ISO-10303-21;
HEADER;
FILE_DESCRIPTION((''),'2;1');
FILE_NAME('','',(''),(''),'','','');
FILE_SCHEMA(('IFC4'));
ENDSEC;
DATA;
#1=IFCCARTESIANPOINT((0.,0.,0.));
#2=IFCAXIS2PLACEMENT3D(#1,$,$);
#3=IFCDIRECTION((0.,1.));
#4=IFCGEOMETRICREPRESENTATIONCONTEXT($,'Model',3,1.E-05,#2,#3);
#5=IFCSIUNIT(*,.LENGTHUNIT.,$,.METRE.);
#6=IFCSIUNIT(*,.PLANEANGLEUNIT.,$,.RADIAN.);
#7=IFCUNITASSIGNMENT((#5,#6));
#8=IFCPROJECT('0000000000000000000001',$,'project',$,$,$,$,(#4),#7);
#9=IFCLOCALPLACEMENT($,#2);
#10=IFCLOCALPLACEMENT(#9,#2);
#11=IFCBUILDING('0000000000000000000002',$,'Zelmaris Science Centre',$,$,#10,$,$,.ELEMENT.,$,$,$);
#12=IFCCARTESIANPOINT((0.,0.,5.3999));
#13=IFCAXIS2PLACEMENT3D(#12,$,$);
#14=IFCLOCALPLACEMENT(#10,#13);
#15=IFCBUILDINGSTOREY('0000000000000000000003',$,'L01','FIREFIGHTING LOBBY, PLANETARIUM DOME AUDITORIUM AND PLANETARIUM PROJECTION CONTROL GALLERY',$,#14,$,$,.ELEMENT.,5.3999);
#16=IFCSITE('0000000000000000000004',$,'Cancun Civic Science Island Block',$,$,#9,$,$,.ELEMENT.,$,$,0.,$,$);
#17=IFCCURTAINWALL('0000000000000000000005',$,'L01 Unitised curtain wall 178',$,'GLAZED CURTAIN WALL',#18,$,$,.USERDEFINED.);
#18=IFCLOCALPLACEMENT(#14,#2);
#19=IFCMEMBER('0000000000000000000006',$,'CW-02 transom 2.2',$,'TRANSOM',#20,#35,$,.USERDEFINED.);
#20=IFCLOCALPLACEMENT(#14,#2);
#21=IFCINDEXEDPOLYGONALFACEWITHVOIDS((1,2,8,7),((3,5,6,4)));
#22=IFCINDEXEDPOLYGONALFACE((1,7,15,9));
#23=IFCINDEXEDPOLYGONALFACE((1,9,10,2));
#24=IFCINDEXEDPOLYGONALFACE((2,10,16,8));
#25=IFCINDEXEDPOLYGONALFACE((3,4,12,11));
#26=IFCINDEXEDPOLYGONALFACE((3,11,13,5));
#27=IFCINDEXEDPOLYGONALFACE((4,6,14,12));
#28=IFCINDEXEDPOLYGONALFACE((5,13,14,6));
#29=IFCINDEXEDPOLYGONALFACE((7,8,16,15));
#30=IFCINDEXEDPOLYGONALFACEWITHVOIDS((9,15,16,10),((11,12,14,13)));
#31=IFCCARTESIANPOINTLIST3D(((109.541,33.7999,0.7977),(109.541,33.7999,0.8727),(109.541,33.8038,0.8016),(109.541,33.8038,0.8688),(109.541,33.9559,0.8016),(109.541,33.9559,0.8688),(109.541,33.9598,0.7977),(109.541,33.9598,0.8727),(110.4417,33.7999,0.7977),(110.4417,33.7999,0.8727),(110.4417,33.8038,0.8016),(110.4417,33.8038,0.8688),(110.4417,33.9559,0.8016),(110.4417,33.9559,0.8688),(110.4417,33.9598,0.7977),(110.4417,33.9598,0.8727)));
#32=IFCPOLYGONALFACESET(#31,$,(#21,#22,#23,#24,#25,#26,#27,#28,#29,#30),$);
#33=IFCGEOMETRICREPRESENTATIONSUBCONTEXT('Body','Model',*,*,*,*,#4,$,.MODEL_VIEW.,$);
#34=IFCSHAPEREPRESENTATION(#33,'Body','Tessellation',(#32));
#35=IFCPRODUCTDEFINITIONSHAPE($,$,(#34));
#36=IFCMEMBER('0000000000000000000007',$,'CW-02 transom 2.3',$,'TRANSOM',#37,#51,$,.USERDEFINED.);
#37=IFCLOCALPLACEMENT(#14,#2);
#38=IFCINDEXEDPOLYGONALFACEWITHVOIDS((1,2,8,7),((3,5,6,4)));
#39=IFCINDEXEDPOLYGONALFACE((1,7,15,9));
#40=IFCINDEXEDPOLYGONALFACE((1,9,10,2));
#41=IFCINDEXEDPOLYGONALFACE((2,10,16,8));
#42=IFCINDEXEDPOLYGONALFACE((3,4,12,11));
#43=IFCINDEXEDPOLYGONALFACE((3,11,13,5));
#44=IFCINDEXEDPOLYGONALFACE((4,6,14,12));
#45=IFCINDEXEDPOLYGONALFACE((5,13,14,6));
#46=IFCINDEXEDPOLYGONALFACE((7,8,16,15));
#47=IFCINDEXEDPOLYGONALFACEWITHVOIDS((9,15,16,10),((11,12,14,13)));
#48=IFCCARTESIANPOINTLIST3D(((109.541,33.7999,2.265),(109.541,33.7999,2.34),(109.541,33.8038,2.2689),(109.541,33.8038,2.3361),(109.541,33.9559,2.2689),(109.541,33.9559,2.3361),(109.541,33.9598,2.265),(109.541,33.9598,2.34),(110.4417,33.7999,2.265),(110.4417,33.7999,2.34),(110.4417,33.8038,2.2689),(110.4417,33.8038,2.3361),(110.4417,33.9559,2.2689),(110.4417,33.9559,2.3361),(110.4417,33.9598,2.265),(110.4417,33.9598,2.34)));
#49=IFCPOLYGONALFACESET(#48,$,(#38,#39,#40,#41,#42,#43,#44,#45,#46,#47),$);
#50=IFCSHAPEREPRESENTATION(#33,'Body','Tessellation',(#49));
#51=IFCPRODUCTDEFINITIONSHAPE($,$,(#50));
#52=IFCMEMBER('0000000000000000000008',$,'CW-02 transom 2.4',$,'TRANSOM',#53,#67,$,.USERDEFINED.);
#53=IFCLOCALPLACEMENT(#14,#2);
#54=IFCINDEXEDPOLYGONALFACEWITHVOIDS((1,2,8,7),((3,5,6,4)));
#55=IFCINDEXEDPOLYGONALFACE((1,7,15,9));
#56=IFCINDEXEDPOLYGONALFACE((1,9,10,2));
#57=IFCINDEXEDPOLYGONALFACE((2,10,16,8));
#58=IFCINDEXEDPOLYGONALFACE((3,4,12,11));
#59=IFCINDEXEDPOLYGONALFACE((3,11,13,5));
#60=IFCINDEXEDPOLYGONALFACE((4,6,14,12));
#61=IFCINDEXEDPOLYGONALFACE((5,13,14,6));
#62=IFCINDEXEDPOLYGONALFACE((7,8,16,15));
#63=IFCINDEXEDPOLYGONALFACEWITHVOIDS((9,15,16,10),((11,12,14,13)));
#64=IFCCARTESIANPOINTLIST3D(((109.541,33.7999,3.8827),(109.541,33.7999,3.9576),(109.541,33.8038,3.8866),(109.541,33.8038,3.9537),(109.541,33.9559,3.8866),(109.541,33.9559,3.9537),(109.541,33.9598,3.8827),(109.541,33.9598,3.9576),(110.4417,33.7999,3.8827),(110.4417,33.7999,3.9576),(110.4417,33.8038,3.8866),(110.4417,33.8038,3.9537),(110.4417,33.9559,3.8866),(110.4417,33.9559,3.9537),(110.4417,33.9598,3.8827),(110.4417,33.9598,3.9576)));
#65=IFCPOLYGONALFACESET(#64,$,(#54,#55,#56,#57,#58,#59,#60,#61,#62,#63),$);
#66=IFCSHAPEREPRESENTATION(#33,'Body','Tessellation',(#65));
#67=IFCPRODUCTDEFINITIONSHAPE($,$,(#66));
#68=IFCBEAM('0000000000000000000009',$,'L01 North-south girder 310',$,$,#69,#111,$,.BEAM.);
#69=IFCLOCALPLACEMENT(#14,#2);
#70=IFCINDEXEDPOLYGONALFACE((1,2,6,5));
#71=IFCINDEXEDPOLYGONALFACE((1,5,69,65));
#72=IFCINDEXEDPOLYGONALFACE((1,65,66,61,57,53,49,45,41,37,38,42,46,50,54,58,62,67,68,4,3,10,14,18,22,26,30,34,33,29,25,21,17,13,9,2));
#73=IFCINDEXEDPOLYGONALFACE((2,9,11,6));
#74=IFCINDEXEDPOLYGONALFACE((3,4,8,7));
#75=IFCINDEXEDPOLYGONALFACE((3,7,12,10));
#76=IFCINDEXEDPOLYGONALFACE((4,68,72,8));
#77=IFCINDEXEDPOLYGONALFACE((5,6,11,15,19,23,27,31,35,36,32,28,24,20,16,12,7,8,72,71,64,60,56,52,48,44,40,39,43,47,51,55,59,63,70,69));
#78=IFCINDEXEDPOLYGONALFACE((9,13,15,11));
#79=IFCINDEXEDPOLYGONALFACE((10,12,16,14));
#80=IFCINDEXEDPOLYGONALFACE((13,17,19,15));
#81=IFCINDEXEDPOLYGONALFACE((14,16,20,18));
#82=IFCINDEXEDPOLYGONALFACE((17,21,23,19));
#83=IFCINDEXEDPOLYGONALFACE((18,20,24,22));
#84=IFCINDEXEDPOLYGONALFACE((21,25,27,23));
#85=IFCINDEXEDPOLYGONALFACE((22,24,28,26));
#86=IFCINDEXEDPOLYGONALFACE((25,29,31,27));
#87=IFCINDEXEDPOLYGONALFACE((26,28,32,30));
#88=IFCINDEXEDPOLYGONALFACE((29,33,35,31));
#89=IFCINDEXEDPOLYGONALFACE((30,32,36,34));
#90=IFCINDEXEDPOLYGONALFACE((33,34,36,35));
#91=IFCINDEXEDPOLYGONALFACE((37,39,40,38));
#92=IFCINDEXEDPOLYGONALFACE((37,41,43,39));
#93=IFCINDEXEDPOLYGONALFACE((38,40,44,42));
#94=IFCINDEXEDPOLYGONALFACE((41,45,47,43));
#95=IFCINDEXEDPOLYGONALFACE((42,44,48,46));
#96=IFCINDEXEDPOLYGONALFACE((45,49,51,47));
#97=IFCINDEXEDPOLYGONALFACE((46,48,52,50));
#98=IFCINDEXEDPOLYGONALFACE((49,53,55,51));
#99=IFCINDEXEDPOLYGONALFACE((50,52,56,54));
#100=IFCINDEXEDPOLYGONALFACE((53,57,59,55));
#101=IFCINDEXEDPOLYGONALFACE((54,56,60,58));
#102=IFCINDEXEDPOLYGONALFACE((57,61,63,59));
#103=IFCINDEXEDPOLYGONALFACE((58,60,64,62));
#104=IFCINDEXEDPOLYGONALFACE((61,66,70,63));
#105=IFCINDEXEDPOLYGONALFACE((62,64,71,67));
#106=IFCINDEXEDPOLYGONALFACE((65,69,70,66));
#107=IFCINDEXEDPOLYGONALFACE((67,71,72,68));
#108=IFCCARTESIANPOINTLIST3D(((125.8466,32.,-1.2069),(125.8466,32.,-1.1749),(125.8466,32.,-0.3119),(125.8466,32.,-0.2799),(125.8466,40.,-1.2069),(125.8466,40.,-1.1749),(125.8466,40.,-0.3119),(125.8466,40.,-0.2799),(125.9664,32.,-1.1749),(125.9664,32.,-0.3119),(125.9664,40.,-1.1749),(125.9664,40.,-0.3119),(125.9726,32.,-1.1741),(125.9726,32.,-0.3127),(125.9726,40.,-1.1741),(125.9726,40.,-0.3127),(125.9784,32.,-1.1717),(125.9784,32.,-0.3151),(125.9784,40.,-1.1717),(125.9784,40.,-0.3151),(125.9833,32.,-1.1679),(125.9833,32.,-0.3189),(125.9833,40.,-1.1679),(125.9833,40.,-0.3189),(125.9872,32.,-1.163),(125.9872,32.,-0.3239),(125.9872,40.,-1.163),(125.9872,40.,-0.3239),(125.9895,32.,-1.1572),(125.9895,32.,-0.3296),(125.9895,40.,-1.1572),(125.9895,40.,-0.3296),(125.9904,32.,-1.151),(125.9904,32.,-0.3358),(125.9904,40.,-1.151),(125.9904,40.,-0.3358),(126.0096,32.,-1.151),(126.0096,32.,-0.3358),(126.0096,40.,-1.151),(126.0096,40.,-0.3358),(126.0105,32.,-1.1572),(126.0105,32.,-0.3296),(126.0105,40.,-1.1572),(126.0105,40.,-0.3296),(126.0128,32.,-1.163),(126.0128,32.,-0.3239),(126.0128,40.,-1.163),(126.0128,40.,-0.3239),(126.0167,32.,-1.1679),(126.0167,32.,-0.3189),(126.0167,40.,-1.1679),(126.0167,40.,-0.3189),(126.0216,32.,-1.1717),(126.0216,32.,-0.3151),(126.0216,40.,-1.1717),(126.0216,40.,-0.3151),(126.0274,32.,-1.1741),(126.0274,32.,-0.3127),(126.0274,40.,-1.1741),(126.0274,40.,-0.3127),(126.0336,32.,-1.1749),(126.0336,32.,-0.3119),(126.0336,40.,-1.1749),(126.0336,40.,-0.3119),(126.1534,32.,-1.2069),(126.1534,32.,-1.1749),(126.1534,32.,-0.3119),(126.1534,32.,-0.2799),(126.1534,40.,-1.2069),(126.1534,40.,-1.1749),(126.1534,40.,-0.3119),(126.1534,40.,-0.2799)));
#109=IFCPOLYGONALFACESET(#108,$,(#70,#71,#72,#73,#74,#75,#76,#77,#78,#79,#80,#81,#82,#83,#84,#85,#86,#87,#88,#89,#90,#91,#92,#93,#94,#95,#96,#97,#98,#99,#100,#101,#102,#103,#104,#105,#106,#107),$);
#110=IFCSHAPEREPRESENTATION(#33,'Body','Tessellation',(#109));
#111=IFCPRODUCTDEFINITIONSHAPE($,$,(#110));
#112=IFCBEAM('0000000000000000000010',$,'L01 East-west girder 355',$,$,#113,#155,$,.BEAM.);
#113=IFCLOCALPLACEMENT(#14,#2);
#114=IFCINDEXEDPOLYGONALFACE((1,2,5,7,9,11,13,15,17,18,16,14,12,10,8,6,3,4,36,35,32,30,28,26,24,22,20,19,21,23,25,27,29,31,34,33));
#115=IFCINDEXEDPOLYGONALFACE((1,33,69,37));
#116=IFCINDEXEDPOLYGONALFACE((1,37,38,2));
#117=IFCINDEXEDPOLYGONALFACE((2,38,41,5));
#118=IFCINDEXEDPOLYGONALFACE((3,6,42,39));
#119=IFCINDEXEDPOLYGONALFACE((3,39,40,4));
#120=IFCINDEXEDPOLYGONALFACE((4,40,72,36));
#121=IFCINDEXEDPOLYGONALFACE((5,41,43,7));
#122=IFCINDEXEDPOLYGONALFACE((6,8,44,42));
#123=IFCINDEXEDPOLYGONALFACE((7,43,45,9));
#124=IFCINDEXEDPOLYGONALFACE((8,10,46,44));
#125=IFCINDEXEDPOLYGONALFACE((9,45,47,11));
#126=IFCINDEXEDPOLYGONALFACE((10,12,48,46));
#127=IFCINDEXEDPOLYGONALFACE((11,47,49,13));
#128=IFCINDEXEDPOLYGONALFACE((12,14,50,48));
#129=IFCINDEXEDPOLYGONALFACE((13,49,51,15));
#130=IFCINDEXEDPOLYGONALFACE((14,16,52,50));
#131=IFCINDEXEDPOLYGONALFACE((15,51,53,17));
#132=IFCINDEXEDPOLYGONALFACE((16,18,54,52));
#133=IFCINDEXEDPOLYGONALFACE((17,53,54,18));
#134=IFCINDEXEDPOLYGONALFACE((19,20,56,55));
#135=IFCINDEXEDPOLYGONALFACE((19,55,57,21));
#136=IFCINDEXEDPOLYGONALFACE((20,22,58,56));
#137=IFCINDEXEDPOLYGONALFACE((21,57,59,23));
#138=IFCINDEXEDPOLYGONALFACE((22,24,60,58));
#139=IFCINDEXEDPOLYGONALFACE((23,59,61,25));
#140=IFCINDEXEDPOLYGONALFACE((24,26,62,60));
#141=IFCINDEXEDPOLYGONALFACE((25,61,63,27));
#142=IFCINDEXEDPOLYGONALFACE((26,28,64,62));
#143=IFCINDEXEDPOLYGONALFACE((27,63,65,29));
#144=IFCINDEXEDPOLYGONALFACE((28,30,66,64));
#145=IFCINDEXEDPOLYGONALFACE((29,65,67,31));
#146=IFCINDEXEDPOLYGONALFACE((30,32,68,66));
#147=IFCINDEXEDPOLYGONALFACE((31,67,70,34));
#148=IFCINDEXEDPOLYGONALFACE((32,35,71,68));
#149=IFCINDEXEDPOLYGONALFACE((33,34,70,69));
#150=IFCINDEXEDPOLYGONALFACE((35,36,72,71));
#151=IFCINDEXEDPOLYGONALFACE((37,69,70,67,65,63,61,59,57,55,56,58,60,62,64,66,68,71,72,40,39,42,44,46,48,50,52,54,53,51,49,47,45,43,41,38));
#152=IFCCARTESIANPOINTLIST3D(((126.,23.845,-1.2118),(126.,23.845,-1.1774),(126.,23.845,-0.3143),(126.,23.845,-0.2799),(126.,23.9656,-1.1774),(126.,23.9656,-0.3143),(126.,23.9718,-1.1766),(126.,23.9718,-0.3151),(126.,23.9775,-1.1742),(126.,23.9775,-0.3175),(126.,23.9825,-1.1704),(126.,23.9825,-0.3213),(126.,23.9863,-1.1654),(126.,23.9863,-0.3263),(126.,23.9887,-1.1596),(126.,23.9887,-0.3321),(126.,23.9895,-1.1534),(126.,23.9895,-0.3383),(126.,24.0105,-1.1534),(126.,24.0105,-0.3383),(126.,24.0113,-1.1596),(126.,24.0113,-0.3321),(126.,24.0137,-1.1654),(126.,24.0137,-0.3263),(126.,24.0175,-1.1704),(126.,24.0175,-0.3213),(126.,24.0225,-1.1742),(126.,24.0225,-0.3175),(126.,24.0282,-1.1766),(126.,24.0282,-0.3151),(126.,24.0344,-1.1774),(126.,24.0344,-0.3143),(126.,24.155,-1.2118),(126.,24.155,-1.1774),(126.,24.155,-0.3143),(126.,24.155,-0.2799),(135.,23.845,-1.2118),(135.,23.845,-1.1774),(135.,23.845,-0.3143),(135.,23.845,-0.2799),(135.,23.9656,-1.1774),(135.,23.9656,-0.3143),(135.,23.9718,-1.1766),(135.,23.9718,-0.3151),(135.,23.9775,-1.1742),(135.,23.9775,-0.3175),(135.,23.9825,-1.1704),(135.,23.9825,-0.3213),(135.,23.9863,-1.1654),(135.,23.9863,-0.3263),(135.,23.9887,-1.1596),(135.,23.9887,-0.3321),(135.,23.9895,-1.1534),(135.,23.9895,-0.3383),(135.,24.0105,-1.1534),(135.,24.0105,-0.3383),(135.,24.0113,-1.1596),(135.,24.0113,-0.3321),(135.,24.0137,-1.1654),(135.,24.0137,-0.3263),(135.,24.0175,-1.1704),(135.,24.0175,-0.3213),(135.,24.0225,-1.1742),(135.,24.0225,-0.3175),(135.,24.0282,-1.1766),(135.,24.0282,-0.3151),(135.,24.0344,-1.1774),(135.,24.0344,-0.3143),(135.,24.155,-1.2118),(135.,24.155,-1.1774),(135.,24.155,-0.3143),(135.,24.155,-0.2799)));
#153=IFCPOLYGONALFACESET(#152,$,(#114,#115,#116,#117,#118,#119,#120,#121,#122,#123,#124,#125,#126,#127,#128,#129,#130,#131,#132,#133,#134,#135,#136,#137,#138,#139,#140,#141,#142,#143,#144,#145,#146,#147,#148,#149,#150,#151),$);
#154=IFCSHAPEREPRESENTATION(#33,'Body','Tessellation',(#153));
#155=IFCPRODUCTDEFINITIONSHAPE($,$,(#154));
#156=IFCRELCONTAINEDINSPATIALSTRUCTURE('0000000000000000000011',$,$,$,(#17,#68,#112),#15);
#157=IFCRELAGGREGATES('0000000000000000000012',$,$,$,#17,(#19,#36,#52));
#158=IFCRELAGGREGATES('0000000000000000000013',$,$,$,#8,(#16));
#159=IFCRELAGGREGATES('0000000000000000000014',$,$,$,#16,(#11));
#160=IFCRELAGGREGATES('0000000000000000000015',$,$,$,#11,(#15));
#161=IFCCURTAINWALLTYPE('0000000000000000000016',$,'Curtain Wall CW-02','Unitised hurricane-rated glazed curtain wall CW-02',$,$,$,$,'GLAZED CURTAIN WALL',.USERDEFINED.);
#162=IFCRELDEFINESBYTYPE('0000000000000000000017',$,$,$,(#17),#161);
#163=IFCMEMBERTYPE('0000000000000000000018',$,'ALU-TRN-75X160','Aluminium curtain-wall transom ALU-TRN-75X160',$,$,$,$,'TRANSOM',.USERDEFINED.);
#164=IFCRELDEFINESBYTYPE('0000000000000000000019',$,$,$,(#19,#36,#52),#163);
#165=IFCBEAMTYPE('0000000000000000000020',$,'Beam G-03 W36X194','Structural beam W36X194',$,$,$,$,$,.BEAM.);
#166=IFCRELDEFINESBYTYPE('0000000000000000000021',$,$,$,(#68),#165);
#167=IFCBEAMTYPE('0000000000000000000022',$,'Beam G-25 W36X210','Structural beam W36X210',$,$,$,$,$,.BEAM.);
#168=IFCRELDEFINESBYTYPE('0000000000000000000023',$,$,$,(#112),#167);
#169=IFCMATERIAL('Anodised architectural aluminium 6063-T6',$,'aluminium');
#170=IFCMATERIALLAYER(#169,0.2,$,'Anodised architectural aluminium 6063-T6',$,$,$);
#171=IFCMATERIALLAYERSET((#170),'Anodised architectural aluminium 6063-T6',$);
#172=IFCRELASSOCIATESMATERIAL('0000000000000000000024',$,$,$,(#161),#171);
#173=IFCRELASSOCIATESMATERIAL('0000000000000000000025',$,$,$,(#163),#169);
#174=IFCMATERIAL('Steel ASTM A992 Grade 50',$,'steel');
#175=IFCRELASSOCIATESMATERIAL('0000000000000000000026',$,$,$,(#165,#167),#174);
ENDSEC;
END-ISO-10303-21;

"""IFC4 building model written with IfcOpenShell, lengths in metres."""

from ifc_helpers import new_model, si_unit, direction, frame, origin, origin_2d, place, context, subcontext, project, spatial, hollow_rectangle, i_section, extrude, material, layer, layer_set, material_profile, profile_set, type_object, element, aggregate, save


model = new_model("IFC4")

# Units and contexts
model_context = context("Model", 3, precision=1e-05, world=origin(), true_north=direction((0.0, 1.0)))
body_context = subcontext(model_context, "Body", "Model", "MODEL_VIEW")
ifc_project = project(units=[si_unit("LENGTHUNIT", "METRE"), si_unit("PLANEANGLEUNIT", "RADIAN")], contexts=[model_context])

# Site, building, storey
site_placement = place(None, origin())
site = spatial("IfcSite", under=ifc_project, at=site_placement, Name="Cancun Civic Science Island Block", CompositionType="ELEMENT", RefElevation=0.0)
building_placement = place(site_placement, origin())
building = spatial("IfcBuilding", under=site, at=building_placement, Name="Zelmaris Science Centre", CompositionType="ELEMENT")
storey_placement = place(building_placement, frame((0.0, 0.0, 5.3999)))
storey = spatial("IfcBuildingStorey", under=building, at=storey_placement, Name="L01", Description="FIREFIGHTING LOBBY, PLANETARIUM DOME AUDITORIUM AND PLANETARIUM PROJECTION CONTROL GALLERY", CompositionType="ELEMENT", Elevation=5.3999)

# Shared definitions
ifc_material_1 = material(Name="Steel ASTM A992 Grade 50", Category="steel")

# Curtain wall, members
ifc_material_2 = material(Name="Anodised architectural aluminium 6063-T6", Category="aluminium")
ifc_layer_1 = layer(ifc_material_2, 0.2, Name="Anodised architectural aluminium 6063-T6")
ifc_layer_set_1 = layer_set([ifc_layer_1], Name="Anodised architectural aluminium 6063-T6")
curtain_wall_type = type_object("IfcCurtainWallType", Name="Curtain Wall CW-02", Description="Unitised hurricane-rated glazed curtain wall CW-02", ElementType="GLAZED CURTAIN WALL", PredefinedType="USERDEFINED", material=ifc_layer_set_1)
curtain_wall_placement = place(storey_placement, origin())
curtain_wall = element("IfcCurtainWall", 1, at=curtain_wall_placement, inside=storey, type_object=curtain_wall_type, Name="L01 Unitised curtain wall 178", ObjectType="GLAZED CURTAIN WALL", PredefinedType="USERDEFINED")
ifc_material_profile_1 = material_profile(ifc_material_2, hollow_rectangle(XDim=0.075, YDim=0.1599, WallThickness=0.0039, at=origin_2d()), Name="ALU-TRN-75X160")
ifc_profile_set_1 = profile_set([ifc_material_profile_1], Name="Anodised architectural aluminium 6063-T6")
member_type = type_object("IfcMemberType", Name="ALU-TRN-75X160", Description="Aluminium curtain-wall transom ALU-TRN-75X160", ElementType="TRANSOM", PredefinedType="USERDEFINED", material=ifc_profile_set_1)
member_1_placement = place(storey_placement, frame((109.541, 33.8799, 0.8352), z_axis=(1.0, 0.0, 0.0), x_axis=(0.0, 0.0, 1.0)))
member_1 = element("IfcMember", 2, at=member_1_placement, type_object=member_type, Name="CW-02 transom 2.2", ObjectType="TRANSOM", PredefinedType="USERDEFINED", context=body_context, shape_type="SweptSolid", body=[
    extrude(hollow_rectangle(XDim=0.075, YDim=0.1599, WallThickness=0.0039, at=origin_2d()), origin(), (0.0, 0.0, 1.0), 0.9006),
])
member_2_placement = place(storey_placement, frame((109.541, 33.8799, 2.3025), z_axis=(1.0, 0.0, 0.0), x_axis=(0.0, 0.0, 1.0)))
member_2 = element("IfcMember", 3, at=member_2_placement, type_object=member_type, Name="CW-02 transom 2.3", ObjectType="TRANSOM", PredefinedType="USERDEFINED", context=body_context, shape_type="SweptSolid", body=[
    extrude(hollow_rectangle(XDim=0.075, YDim=0.1599, WallThickness=0.0039, at=origin_2d()), origin(), (0.0, 0.0, 1.0), 0.9006),
])
member_3_placement = place(storey_placement, frame((109.541, 33.8799, 3.9202), z_axis=(1.0, 0.0, 0.0), x_axis=(0.0, 0.0, 1.0)))
member_3 = element("IfcMember", 4, at=member_3_placement, type_object=member_type, Name="CW-02 transom 2.4", ObjectType="TRANSOM", PredefinedType="USERDEFINED", context=body_context, shape_type="SweptSolid", body=[
    extrude(hollow_rectangle(XDim=0.075, YDim=0.1599, WallThickness=0.0039, at=origin_2d()), origin(), (0.0, 0.0, 1.0), 0.9006),
])
aggregate(curtain_wall, [member_1, member_2, member_3])

# Beams
ifc_material_profile_2 = material_profile(ifc_material_1, i_section(OverallWidth=0.3069, OverallDepth=0.927, WebThickness=0.0193, FlangeThickness=0.032, FilletRadius=0.0239, at=origin_2d()), Name="W36X194")
ifc_profile_set_2 = profile_set([ifc_material_profile_2], Name="Steel ASTM A992 Grade 50")
beam_type_1 = type_object("IfcBeamType", Name="Beam G-03 W36X194", Description="Structural beam W36X194", PredefinedType="BEAM", material=ifc_profile_set_2)
beam_1_placement = place(storey_placement, frame((126.0, 32.0, -0.7434), z_axis=(0.0, 1.0, 0.0), x_axis=(-1.0, 0.0, 0.0)))
element("IfcBeam", 5, at=beam_1_placement, inside=storey, type_object=beam_type_1, Name="L01 North-south girder 310", PredefinedType="BEAM", context=body_context, shape_type="SweptSolid", body=[
    extrude(i_section(OverallWidth=0.3069, OverallDepth=0.927, WebThickness=0.0193, FlangeThickness=0.032, FilletRadius=0.0239, at=origin_2d()), origin(), (0.0, 0.0, 1.0), 8.0),
])
ifc_material_profile_3 = material_profile(ifc_material_1, i_section(OverallWidth=0.3101, OverallDepth=0.9319, WebThickness=0.021, FlangeThickness=0.0344, FilletRadius=0.0239, at=origin_2d()), Name="W36X210")
ifc_profile_set_3 = profile_set([ifc_material_profile_3], Name="Steel ASTM A992 Grade 50")
beam_type_2 = type_object("IfcBeamType", Name="Beam G-25 W36X210", Description="Structural beam W36X210", PredefinedType="BEAM", material=ifc_profile_set_3)
beam_2_placement = place(storey_placement, frame((126.0, 24.0, -0.7458), z_axis=(1.0, 0.0, 0.0), x_axis=(0.0, 1.0, 0.0)))
element("IfcBeam", 6, at=beam_2_placement, inside=storey, type_object=beam_type_2, Name="L01 East-west girder 355", PredefinedType="BEAM", context=body_context, shape_type="SweptSolid", body=[
    extrude(i_section(OverallWidth=0.3101, OverallDepth=0.9319, WebThickness=0.021, FlangeThickness=0.0344, FilletRadius=0.0239, at=origin_2d()), origin(), (0.0, 0.0, 1.0), 9.0),
])

save(model, "model.ifc")
